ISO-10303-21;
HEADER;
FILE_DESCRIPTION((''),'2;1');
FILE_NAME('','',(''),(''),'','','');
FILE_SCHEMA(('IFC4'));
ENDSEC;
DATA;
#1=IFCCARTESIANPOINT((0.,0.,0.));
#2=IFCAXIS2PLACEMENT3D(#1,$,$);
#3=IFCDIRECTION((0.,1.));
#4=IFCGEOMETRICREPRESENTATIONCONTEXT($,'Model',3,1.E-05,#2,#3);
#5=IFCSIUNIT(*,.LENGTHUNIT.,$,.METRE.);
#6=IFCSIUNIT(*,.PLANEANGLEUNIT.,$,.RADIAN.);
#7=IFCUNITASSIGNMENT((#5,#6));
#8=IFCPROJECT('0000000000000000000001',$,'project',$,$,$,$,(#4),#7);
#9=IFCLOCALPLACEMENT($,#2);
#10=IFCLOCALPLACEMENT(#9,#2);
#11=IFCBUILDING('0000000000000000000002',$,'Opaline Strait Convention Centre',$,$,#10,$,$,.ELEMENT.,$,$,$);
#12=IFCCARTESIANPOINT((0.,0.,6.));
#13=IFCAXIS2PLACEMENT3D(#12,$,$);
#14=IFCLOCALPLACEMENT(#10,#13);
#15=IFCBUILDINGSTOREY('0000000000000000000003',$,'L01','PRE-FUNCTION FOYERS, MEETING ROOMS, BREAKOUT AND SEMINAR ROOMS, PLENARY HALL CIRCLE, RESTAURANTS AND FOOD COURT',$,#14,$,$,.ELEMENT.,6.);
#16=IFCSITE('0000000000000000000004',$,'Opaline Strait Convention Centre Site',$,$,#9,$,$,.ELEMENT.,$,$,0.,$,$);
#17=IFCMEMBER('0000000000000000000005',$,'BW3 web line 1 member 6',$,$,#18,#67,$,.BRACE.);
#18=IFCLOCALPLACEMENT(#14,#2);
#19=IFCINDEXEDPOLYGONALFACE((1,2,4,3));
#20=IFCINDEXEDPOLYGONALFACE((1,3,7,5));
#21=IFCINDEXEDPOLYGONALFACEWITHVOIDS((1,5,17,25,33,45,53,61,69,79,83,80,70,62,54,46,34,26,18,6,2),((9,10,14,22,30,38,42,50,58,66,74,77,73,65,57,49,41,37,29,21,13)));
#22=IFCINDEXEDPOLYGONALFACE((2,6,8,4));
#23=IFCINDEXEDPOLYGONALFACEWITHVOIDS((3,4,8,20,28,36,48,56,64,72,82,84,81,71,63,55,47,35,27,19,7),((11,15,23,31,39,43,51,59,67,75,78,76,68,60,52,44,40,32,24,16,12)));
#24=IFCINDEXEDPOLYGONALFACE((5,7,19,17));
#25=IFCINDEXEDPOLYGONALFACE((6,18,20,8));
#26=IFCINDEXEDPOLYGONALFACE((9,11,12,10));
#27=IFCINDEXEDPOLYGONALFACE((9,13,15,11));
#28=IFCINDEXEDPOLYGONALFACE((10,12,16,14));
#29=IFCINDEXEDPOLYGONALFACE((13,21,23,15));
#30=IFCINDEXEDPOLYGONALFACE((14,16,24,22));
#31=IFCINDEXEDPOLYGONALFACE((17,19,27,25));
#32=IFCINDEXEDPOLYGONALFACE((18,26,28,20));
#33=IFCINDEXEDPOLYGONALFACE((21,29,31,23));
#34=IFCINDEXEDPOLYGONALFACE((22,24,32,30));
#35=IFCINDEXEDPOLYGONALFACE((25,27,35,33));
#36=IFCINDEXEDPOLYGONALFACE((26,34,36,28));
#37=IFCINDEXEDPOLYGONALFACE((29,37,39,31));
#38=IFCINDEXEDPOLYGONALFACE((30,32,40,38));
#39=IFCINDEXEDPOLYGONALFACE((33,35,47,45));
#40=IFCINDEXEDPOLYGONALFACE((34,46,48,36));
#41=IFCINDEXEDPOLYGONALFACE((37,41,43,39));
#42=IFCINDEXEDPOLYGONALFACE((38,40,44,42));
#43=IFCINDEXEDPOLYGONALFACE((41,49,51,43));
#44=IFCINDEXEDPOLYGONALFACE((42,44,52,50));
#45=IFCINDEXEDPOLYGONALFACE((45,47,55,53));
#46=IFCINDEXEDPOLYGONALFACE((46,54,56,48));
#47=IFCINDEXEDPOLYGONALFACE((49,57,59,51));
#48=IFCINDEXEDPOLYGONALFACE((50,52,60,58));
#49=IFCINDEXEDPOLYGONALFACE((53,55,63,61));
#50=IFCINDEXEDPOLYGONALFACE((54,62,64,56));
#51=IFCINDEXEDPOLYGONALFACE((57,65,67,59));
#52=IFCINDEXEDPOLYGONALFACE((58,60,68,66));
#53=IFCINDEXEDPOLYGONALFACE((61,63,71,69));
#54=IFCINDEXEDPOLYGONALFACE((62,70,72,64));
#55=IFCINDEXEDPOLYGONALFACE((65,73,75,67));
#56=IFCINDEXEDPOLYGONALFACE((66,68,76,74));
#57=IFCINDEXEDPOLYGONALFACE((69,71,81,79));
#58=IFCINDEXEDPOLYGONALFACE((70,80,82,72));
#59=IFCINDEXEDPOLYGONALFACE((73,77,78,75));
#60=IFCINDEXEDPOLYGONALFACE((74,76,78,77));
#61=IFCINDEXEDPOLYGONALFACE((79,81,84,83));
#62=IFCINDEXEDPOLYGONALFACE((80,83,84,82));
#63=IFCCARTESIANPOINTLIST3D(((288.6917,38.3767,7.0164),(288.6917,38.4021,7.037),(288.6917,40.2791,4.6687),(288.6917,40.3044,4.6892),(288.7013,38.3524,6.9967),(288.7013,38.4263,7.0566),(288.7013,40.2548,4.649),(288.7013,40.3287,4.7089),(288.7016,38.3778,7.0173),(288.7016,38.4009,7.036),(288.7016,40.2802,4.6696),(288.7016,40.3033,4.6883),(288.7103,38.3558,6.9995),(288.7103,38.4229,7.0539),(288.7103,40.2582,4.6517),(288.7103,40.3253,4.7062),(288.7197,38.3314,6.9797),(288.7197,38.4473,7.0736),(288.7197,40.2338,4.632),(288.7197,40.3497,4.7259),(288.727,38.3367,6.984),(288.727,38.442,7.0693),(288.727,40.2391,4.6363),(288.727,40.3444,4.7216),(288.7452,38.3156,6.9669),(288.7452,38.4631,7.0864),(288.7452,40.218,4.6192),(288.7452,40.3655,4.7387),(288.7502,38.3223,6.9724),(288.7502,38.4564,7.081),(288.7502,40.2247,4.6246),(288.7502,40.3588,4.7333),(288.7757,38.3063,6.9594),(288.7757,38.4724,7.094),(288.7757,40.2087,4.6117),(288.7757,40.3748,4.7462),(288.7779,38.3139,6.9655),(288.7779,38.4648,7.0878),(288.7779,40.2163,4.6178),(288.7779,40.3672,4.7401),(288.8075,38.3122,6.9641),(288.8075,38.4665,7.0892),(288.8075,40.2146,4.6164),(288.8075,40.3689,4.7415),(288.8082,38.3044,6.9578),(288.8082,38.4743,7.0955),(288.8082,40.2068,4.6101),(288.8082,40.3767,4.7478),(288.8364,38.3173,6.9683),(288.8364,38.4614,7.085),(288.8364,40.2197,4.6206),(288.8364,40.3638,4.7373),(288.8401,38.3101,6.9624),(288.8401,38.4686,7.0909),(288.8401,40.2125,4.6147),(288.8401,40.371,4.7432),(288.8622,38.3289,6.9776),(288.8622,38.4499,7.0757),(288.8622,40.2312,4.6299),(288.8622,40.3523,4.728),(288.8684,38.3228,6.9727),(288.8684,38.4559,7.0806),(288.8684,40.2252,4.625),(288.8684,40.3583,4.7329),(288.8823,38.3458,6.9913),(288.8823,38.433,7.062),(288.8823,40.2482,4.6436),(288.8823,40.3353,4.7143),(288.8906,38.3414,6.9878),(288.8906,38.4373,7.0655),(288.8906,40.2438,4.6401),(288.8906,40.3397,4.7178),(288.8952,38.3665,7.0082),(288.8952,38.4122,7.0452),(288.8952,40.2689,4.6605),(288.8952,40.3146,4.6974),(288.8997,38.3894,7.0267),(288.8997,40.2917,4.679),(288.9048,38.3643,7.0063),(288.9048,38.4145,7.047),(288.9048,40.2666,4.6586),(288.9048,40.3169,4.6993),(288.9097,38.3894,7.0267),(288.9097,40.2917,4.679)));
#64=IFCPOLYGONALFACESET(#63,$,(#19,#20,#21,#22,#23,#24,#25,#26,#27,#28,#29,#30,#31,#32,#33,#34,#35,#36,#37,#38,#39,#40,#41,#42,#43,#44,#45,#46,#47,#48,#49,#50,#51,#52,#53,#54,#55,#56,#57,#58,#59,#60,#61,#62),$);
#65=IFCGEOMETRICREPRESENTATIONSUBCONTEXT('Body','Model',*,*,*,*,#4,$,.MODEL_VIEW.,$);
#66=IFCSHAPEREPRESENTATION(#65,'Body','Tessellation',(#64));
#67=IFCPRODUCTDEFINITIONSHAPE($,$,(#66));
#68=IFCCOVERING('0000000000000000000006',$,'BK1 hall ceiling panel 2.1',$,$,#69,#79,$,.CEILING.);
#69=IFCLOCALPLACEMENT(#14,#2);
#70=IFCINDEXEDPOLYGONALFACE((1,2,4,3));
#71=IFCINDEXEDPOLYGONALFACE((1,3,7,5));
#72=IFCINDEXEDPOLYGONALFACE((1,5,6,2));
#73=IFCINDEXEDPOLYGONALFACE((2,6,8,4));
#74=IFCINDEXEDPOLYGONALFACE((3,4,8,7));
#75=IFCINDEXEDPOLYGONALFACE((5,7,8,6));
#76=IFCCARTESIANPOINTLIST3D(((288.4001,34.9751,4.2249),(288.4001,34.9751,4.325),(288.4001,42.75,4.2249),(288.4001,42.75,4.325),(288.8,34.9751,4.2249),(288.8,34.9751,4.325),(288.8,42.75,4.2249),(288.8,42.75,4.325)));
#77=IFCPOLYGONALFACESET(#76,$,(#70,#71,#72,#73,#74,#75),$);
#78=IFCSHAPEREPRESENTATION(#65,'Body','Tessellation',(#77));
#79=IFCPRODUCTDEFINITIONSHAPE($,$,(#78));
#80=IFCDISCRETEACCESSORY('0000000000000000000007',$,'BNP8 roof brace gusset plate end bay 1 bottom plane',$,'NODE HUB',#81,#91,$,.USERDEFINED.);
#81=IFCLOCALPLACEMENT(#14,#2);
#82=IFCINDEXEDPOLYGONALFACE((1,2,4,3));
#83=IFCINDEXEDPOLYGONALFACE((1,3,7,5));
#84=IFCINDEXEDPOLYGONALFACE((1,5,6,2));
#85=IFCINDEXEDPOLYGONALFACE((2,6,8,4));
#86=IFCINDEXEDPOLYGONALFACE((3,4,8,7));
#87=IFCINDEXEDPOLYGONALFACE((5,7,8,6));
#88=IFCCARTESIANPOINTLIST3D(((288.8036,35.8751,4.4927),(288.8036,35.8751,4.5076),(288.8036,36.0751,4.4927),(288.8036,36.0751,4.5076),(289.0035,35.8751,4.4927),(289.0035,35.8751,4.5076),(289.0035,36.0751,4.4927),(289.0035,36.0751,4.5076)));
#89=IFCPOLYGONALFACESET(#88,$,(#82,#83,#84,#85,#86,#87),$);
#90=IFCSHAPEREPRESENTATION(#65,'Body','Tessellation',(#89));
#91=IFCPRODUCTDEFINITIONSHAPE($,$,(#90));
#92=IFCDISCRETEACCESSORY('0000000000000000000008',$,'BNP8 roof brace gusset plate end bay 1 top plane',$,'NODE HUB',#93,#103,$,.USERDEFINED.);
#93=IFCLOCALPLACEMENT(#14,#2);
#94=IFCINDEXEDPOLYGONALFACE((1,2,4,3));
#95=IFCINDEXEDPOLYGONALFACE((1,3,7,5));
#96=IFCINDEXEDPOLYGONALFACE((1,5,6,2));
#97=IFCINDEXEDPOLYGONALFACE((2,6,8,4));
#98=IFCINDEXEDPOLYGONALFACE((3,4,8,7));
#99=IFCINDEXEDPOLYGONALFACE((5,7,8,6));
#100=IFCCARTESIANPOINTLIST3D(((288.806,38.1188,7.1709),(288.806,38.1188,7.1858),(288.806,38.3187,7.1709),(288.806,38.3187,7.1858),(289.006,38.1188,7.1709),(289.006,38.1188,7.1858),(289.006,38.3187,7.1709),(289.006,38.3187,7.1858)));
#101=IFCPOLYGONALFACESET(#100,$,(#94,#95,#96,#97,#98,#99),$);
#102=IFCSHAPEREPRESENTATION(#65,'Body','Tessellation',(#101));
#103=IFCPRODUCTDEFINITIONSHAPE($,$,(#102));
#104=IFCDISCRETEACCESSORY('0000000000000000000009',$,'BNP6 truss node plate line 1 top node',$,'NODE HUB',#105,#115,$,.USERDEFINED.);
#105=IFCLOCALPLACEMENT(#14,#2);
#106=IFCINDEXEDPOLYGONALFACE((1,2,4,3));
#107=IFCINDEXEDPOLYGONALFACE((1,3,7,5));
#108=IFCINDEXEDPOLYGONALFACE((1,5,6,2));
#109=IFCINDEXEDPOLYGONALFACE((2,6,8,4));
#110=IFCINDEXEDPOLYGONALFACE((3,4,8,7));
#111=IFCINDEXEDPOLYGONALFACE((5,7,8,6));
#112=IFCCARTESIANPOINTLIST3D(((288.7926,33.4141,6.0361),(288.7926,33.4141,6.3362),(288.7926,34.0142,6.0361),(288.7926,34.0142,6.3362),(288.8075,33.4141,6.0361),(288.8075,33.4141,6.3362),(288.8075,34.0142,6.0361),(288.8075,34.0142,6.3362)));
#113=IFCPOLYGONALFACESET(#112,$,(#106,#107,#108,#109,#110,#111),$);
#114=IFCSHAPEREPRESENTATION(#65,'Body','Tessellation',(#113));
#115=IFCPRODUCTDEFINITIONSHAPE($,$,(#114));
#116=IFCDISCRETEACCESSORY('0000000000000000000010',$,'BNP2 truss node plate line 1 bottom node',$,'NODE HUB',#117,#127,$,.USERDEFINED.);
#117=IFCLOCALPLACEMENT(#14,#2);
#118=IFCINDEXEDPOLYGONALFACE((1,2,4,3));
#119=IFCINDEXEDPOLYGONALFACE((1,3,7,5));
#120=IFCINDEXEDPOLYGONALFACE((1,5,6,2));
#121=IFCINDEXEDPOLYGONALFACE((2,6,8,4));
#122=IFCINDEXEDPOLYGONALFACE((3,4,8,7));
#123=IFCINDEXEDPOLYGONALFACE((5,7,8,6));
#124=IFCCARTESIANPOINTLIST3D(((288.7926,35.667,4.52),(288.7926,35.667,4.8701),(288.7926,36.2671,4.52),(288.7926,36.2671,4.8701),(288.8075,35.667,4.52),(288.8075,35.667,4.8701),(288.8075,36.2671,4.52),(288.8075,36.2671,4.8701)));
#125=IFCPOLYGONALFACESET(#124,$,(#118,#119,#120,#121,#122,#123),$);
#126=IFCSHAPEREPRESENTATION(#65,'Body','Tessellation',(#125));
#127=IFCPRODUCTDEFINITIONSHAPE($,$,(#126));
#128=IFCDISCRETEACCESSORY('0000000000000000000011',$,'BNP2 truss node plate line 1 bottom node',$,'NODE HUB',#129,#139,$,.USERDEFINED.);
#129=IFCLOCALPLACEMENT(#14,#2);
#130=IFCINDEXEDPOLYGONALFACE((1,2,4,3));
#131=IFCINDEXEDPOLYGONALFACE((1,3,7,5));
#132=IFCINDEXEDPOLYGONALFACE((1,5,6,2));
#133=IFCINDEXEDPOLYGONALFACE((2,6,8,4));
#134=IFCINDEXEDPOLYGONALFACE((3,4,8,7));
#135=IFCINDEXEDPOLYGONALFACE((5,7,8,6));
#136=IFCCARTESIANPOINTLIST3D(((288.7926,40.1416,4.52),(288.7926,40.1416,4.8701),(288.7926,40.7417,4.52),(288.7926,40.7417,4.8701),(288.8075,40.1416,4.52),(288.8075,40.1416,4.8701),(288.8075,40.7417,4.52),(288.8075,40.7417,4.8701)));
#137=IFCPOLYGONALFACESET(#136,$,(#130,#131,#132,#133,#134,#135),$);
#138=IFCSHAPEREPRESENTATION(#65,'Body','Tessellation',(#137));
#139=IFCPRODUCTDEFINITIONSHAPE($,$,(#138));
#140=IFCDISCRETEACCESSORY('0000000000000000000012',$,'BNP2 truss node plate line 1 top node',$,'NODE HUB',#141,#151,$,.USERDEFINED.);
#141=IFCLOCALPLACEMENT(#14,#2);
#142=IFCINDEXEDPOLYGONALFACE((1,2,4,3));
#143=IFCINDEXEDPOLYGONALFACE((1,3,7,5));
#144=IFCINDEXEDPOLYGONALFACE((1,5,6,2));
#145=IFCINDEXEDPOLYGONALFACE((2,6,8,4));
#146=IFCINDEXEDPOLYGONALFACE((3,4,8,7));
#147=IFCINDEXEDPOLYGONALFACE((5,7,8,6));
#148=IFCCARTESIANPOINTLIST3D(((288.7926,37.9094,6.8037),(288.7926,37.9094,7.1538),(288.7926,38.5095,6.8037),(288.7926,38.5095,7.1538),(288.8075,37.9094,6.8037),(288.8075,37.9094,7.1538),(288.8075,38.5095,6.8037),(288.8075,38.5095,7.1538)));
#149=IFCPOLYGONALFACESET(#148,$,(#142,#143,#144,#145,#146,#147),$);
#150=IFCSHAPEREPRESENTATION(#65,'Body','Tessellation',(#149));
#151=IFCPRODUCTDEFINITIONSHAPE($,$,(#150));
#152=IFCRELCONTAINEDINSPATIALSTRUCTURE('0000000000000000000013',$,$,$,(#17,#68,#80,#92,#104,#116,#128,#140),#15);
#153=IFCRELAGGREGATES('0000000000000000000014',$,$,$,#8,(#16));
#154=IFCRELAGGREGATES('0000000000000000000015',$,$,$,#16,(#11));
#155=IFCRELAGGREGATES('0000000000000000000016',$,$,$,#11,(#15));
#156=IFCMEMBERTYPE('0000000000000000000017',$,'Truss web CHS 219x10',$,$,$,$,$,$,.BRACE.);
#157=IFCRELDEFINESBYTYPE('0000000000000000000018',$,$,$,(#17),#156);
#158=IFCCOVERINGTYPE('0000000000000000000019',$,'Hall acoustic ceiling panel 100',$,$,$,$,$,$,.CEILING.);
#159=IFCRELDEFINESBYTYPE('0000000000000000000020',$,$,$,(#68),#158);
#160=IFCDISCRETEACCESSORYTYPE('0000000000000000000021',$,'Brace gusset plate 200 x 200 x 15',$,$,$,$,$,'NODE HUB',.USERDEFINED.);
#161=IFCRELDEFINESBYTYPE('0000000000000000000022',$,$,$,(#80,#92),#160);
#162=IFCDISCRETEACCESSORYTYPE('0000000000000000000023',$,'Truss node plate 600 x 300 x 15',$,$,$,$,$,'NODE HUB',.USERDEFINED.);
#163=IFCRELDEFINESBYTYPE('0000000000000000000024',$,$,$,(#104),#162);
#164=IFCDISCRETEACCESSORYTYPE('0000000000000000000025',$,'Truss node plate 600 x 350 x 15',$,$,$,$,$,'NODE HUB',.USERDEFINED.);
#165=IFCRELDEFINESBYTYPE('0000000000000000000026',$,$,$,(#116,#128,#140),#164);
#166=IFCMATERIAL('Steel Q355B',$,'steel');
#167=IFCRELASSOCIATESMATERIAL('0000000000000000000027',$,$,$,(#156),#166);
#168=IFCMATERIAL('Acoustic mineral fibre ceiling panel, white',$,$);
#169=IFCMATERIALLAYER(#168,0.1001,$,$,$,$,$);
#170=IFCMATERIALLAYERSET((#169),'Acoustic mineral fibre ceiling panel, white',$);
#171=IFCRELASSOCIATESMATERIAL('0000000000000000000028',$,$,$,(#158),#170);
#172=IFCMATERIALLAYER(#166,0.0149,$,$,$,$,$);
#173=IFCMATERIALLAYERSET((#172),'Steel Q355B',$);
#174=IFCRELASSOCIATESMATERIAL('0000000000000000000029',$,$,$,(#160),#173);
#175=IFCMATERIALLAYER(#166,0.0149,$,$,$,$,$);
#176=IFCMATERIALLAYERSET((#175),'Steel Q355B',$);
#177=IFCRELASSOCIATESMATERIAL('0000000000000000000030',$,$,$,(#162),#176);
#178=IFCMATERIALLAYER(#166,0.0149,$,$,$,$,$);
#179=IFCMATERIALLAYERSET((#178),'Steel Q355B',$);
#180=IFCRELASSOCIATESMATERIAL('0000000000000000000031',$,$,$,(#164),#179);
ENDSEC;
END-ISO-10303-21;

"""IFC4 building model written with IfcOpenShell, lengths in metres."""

from ifc_helpers import new_model, si_unit, direction, frame, origin, origin_2d, place, context, subcontext, project, spatial, rectangle, hollow_circle, extrude, material, layer, layer_set, material_profile, profile_set, type_object, element, save


model = new_model("IFC4")

# Units and contexts
model_context = context("Model", 3, precision=1e-05, world=origin(), true_north=direction((0.0, 1.0)))
body_context = subcontext(model_context, "Body", "Model", "MODEL_VIEW")
ifc_project = project(units=[si_unit("LENGTHUNIT", "METRE"), si_unit("PLANEANGLEUNIT", "RADIAN")], contexts=[model_context])

# Site, building, storey
site_placement = place(None, origin())
site = spatial("IfcSite", under=ifc_project, at=site_placement, Name="Opaline Strait Convention Centre Site", CompositionType="ELEMENT", RefElevation=0.0)
building_placement = place(site_placement, origin())
building = spatial("IfcBuilding", under=site, at=building_placement, Name="Opaline Strait Convention Centre", CompositionType="ELEMENT")
storey_placement = place(building_placement, frame((0.0, 0.0, 6.0)))
storey = spatial("IfcBuildingStorey", under=building, at=storey_placement, Name="L01", Description="PRE-FUNCTION FOYERS, MEETING ROOMS, BREAKOUT AND SEMINAR ROOMS, PLENARY HALL CIRCLE, RESTAURANTS AND FOOD COURT", CompositionType="ELEMENT", Elevation=6.0)

# Member
ifc_material_1 = material(Name="Steel Q355B", Category="steel")
ifc_material_profile_1 = material_profile(ifc_material_1, hollow_circle(Radius=0.1096, WallThickness=0.01, at=origin_2d()), Name="CHS 219x10")
ifc_profile_set_1 = profile_set([ifc_material_profile_1], Name="Steel Q355B")
member_type_1 = type_object("IfcMemberType", Name="Truss web CHS 219x10", PredefinedType="BRACE", material=ifc_profile_set_1)
member_1_placement = place(storey_placement, frame((288.8, 40.2917, 4.679), z_axis=(0.0, -0.62957, 0.776944), x_axis=(1.0, 0.0, 0.0)))
element("IfcMember", 1, at=member_1_placement, inside=storey, type_object=member_type_1, Name="BW3 web line 1 member 6", PredefinedType="BRACE", context=body_context, shape_type="SweptSolid", body=[
    extrude(hollow_circle(Radius=0.1096, WallThickness=0.01, at=origin_2d()), origin(), (0.0, 0.0, 1.0), 3.0217),
])

# Covering
ifc_material_2 = material(Name="Acoustic mineral fibre ceiling panel, white")
ifc_layer_1 = layer(ifc_material_2, 0.1001)
ifc_layer_set_1 = layer_set([ifc_layer_1], Name="Acoustic mineral fibre ceiling panel, white")
covering_type = type_object("IfcCoveringType", Name="Hall acoustic ceiling panel 100", PredefinedType="CEILING", material=ifc_layer_set_1)
covering_placement = place(storey_placement, frame((288.6001, 38.8625, 4.2249), z_axis=(0.0, 0.0, 1.0), x_axis=(1.0, 0.0, 0.0)))
element("IfcCovering", 2, at=covering_placement, inside=storey, type_object=covering_type, Name="BK1 hall ceiling panel 2.1", PredefinedType="CEILING", context=body_context, shape_type="SweptSolid", body=[
    extrude(rectangle(XDim=0.3999, YDim=7.7749, at=origin_2d()), origin(), (0.0, 0.0, 1.0), 0.1001),
])

# Discrete accessories
ifc_layer_2 = layer(ifc_material_1, 0.0149)
ifc_layer_set_2 = layer_set([ifc_layer_2], Name="Steel Q355B")
discrete_accessory_type_1 = type_object("IfcDiscreteAccessoryType", Name="Brace gusset plate 200 x 200 x 15", ElementType="NODE HUB", PredefinedType="USERDEFINED", material=ifc_layer_set_2)
for number, where, z_axis, x_axis, name in (
    (3, (288.9036, 35.9751, 4.4927), (0.0, 0.0, 1.0), (1.0, 0.0, 0.0), "BNP8 roof brace gusset plate end bay 1 bottom plane"),
    (4, (288.906, 38.2188, 7.1709), (0.0, 0.0, 1.0), (1.0, 0.0, 0.0), "BNP8 roof brace gusset plate end bay 1 top plane"),
):
    element("IfcDiscreteAccessory", number, at=place(storey_placement, frame(where, z_axis=z_axis, x_axis=x_axis)), inside=storey, type_object=discrete_accessory_type_1, Name=name, ObjectType="NODE HUB", PredefinedType="USERDEFINED", context=body_context, shape_type="SweptSolid", body=[
        extrude(rectangle(XDim=0.2, YDim=0.2, at=origin_2d()), origin(), (0.0, 0.0, 1.0), 0.0149),
    ])
ifc_layer_3 = layer(ifc_material_1, 0.0149)
ifc_layer_set_3 = layer_set([ifc_layer_3], Name="Steel Q355B")
discrete_accessory_type_2 = type_object("IfcDiscreteAccessoryType", Name="Truss node plate 600 x 300 x 15", ElementType="NODE HUB", PredefinedType="USERDEFINED", material=ifc_layer_set_3)
discrete_accessory_placement = place(storey_placement, frame((288.8, 33.7141, 6.0361), z_axis=(0.0, 0.0, 1.0), x_axis=(1.0, 0.0, 0.0)))
element("IfcDiscreteAccessory", 5, at=discrete_accessory_placement, inside=storey, type_object=discrete_accessory_type_2, Name="BNP6 truss node plate line 1 top node", ObjectType="NODE HUB", PredefinedType="USERDEFINED", context=body_context, shape_type="SweptSolid", body=[
    extrude(rectangle(XDim=0.0149, YDim=0.6001, at=origin_2d()), origin(), (0.0, 0.0, 1.0), 0.3),
])
ifc_layer_4 = layer(ifc_material_1, 0.0149)
ifc_layer_set_4 = layer_set([ifc_layer_4], Name="Steel Q355B")
discrete_accessory_type_3 = type_object("IfcDiscreteAccessoryType", Name="Truss node plate 600 x 350 x 15", ElementType="NODE HUB", PredefinedType="USERDEFINED", material=ifc_layer_set_4)
for number, where, z_axis, x_axis, name in (
    (6, (288.8, 35.967, 4.52), (0.0, 0.0, 1.0), (1.0, 0.0, 0.0), "BNP2 truss node plate line 1 bottom node"),
    (7, (288.8, 40.4417, 4.52), (0.0, 0.0, 1.0), (1.0, 0.0, 0.0), "BNP2 truss node plate line 1 bottom node"),
    (8, (288.8, 38.2095, 6.8037), (0.0, 0.0, 1.0), (1.0, 0.0, 0.0), "BNP2 truss node plate line 1 top node"),
):
    element("IfcDiscreteAccessory", number, at=place(storey_placement, frame(where, z_axis=z_axis, x_axis=x_axis)), inside=storey, type_object=discrete_accessory_type_3, Name=name, ObjectType="NODE HUB", PredefinedType="USERDEFINED", context=body_context, shape_type="SweptSolid", body=[
        extrude(rectangle(XDim=0.0149, YDim=0.6001, at=origin_2d()), origin(), (0.0, 0.0, 1.0), 0.3501),
    ])

save(model, "model.ifc")
